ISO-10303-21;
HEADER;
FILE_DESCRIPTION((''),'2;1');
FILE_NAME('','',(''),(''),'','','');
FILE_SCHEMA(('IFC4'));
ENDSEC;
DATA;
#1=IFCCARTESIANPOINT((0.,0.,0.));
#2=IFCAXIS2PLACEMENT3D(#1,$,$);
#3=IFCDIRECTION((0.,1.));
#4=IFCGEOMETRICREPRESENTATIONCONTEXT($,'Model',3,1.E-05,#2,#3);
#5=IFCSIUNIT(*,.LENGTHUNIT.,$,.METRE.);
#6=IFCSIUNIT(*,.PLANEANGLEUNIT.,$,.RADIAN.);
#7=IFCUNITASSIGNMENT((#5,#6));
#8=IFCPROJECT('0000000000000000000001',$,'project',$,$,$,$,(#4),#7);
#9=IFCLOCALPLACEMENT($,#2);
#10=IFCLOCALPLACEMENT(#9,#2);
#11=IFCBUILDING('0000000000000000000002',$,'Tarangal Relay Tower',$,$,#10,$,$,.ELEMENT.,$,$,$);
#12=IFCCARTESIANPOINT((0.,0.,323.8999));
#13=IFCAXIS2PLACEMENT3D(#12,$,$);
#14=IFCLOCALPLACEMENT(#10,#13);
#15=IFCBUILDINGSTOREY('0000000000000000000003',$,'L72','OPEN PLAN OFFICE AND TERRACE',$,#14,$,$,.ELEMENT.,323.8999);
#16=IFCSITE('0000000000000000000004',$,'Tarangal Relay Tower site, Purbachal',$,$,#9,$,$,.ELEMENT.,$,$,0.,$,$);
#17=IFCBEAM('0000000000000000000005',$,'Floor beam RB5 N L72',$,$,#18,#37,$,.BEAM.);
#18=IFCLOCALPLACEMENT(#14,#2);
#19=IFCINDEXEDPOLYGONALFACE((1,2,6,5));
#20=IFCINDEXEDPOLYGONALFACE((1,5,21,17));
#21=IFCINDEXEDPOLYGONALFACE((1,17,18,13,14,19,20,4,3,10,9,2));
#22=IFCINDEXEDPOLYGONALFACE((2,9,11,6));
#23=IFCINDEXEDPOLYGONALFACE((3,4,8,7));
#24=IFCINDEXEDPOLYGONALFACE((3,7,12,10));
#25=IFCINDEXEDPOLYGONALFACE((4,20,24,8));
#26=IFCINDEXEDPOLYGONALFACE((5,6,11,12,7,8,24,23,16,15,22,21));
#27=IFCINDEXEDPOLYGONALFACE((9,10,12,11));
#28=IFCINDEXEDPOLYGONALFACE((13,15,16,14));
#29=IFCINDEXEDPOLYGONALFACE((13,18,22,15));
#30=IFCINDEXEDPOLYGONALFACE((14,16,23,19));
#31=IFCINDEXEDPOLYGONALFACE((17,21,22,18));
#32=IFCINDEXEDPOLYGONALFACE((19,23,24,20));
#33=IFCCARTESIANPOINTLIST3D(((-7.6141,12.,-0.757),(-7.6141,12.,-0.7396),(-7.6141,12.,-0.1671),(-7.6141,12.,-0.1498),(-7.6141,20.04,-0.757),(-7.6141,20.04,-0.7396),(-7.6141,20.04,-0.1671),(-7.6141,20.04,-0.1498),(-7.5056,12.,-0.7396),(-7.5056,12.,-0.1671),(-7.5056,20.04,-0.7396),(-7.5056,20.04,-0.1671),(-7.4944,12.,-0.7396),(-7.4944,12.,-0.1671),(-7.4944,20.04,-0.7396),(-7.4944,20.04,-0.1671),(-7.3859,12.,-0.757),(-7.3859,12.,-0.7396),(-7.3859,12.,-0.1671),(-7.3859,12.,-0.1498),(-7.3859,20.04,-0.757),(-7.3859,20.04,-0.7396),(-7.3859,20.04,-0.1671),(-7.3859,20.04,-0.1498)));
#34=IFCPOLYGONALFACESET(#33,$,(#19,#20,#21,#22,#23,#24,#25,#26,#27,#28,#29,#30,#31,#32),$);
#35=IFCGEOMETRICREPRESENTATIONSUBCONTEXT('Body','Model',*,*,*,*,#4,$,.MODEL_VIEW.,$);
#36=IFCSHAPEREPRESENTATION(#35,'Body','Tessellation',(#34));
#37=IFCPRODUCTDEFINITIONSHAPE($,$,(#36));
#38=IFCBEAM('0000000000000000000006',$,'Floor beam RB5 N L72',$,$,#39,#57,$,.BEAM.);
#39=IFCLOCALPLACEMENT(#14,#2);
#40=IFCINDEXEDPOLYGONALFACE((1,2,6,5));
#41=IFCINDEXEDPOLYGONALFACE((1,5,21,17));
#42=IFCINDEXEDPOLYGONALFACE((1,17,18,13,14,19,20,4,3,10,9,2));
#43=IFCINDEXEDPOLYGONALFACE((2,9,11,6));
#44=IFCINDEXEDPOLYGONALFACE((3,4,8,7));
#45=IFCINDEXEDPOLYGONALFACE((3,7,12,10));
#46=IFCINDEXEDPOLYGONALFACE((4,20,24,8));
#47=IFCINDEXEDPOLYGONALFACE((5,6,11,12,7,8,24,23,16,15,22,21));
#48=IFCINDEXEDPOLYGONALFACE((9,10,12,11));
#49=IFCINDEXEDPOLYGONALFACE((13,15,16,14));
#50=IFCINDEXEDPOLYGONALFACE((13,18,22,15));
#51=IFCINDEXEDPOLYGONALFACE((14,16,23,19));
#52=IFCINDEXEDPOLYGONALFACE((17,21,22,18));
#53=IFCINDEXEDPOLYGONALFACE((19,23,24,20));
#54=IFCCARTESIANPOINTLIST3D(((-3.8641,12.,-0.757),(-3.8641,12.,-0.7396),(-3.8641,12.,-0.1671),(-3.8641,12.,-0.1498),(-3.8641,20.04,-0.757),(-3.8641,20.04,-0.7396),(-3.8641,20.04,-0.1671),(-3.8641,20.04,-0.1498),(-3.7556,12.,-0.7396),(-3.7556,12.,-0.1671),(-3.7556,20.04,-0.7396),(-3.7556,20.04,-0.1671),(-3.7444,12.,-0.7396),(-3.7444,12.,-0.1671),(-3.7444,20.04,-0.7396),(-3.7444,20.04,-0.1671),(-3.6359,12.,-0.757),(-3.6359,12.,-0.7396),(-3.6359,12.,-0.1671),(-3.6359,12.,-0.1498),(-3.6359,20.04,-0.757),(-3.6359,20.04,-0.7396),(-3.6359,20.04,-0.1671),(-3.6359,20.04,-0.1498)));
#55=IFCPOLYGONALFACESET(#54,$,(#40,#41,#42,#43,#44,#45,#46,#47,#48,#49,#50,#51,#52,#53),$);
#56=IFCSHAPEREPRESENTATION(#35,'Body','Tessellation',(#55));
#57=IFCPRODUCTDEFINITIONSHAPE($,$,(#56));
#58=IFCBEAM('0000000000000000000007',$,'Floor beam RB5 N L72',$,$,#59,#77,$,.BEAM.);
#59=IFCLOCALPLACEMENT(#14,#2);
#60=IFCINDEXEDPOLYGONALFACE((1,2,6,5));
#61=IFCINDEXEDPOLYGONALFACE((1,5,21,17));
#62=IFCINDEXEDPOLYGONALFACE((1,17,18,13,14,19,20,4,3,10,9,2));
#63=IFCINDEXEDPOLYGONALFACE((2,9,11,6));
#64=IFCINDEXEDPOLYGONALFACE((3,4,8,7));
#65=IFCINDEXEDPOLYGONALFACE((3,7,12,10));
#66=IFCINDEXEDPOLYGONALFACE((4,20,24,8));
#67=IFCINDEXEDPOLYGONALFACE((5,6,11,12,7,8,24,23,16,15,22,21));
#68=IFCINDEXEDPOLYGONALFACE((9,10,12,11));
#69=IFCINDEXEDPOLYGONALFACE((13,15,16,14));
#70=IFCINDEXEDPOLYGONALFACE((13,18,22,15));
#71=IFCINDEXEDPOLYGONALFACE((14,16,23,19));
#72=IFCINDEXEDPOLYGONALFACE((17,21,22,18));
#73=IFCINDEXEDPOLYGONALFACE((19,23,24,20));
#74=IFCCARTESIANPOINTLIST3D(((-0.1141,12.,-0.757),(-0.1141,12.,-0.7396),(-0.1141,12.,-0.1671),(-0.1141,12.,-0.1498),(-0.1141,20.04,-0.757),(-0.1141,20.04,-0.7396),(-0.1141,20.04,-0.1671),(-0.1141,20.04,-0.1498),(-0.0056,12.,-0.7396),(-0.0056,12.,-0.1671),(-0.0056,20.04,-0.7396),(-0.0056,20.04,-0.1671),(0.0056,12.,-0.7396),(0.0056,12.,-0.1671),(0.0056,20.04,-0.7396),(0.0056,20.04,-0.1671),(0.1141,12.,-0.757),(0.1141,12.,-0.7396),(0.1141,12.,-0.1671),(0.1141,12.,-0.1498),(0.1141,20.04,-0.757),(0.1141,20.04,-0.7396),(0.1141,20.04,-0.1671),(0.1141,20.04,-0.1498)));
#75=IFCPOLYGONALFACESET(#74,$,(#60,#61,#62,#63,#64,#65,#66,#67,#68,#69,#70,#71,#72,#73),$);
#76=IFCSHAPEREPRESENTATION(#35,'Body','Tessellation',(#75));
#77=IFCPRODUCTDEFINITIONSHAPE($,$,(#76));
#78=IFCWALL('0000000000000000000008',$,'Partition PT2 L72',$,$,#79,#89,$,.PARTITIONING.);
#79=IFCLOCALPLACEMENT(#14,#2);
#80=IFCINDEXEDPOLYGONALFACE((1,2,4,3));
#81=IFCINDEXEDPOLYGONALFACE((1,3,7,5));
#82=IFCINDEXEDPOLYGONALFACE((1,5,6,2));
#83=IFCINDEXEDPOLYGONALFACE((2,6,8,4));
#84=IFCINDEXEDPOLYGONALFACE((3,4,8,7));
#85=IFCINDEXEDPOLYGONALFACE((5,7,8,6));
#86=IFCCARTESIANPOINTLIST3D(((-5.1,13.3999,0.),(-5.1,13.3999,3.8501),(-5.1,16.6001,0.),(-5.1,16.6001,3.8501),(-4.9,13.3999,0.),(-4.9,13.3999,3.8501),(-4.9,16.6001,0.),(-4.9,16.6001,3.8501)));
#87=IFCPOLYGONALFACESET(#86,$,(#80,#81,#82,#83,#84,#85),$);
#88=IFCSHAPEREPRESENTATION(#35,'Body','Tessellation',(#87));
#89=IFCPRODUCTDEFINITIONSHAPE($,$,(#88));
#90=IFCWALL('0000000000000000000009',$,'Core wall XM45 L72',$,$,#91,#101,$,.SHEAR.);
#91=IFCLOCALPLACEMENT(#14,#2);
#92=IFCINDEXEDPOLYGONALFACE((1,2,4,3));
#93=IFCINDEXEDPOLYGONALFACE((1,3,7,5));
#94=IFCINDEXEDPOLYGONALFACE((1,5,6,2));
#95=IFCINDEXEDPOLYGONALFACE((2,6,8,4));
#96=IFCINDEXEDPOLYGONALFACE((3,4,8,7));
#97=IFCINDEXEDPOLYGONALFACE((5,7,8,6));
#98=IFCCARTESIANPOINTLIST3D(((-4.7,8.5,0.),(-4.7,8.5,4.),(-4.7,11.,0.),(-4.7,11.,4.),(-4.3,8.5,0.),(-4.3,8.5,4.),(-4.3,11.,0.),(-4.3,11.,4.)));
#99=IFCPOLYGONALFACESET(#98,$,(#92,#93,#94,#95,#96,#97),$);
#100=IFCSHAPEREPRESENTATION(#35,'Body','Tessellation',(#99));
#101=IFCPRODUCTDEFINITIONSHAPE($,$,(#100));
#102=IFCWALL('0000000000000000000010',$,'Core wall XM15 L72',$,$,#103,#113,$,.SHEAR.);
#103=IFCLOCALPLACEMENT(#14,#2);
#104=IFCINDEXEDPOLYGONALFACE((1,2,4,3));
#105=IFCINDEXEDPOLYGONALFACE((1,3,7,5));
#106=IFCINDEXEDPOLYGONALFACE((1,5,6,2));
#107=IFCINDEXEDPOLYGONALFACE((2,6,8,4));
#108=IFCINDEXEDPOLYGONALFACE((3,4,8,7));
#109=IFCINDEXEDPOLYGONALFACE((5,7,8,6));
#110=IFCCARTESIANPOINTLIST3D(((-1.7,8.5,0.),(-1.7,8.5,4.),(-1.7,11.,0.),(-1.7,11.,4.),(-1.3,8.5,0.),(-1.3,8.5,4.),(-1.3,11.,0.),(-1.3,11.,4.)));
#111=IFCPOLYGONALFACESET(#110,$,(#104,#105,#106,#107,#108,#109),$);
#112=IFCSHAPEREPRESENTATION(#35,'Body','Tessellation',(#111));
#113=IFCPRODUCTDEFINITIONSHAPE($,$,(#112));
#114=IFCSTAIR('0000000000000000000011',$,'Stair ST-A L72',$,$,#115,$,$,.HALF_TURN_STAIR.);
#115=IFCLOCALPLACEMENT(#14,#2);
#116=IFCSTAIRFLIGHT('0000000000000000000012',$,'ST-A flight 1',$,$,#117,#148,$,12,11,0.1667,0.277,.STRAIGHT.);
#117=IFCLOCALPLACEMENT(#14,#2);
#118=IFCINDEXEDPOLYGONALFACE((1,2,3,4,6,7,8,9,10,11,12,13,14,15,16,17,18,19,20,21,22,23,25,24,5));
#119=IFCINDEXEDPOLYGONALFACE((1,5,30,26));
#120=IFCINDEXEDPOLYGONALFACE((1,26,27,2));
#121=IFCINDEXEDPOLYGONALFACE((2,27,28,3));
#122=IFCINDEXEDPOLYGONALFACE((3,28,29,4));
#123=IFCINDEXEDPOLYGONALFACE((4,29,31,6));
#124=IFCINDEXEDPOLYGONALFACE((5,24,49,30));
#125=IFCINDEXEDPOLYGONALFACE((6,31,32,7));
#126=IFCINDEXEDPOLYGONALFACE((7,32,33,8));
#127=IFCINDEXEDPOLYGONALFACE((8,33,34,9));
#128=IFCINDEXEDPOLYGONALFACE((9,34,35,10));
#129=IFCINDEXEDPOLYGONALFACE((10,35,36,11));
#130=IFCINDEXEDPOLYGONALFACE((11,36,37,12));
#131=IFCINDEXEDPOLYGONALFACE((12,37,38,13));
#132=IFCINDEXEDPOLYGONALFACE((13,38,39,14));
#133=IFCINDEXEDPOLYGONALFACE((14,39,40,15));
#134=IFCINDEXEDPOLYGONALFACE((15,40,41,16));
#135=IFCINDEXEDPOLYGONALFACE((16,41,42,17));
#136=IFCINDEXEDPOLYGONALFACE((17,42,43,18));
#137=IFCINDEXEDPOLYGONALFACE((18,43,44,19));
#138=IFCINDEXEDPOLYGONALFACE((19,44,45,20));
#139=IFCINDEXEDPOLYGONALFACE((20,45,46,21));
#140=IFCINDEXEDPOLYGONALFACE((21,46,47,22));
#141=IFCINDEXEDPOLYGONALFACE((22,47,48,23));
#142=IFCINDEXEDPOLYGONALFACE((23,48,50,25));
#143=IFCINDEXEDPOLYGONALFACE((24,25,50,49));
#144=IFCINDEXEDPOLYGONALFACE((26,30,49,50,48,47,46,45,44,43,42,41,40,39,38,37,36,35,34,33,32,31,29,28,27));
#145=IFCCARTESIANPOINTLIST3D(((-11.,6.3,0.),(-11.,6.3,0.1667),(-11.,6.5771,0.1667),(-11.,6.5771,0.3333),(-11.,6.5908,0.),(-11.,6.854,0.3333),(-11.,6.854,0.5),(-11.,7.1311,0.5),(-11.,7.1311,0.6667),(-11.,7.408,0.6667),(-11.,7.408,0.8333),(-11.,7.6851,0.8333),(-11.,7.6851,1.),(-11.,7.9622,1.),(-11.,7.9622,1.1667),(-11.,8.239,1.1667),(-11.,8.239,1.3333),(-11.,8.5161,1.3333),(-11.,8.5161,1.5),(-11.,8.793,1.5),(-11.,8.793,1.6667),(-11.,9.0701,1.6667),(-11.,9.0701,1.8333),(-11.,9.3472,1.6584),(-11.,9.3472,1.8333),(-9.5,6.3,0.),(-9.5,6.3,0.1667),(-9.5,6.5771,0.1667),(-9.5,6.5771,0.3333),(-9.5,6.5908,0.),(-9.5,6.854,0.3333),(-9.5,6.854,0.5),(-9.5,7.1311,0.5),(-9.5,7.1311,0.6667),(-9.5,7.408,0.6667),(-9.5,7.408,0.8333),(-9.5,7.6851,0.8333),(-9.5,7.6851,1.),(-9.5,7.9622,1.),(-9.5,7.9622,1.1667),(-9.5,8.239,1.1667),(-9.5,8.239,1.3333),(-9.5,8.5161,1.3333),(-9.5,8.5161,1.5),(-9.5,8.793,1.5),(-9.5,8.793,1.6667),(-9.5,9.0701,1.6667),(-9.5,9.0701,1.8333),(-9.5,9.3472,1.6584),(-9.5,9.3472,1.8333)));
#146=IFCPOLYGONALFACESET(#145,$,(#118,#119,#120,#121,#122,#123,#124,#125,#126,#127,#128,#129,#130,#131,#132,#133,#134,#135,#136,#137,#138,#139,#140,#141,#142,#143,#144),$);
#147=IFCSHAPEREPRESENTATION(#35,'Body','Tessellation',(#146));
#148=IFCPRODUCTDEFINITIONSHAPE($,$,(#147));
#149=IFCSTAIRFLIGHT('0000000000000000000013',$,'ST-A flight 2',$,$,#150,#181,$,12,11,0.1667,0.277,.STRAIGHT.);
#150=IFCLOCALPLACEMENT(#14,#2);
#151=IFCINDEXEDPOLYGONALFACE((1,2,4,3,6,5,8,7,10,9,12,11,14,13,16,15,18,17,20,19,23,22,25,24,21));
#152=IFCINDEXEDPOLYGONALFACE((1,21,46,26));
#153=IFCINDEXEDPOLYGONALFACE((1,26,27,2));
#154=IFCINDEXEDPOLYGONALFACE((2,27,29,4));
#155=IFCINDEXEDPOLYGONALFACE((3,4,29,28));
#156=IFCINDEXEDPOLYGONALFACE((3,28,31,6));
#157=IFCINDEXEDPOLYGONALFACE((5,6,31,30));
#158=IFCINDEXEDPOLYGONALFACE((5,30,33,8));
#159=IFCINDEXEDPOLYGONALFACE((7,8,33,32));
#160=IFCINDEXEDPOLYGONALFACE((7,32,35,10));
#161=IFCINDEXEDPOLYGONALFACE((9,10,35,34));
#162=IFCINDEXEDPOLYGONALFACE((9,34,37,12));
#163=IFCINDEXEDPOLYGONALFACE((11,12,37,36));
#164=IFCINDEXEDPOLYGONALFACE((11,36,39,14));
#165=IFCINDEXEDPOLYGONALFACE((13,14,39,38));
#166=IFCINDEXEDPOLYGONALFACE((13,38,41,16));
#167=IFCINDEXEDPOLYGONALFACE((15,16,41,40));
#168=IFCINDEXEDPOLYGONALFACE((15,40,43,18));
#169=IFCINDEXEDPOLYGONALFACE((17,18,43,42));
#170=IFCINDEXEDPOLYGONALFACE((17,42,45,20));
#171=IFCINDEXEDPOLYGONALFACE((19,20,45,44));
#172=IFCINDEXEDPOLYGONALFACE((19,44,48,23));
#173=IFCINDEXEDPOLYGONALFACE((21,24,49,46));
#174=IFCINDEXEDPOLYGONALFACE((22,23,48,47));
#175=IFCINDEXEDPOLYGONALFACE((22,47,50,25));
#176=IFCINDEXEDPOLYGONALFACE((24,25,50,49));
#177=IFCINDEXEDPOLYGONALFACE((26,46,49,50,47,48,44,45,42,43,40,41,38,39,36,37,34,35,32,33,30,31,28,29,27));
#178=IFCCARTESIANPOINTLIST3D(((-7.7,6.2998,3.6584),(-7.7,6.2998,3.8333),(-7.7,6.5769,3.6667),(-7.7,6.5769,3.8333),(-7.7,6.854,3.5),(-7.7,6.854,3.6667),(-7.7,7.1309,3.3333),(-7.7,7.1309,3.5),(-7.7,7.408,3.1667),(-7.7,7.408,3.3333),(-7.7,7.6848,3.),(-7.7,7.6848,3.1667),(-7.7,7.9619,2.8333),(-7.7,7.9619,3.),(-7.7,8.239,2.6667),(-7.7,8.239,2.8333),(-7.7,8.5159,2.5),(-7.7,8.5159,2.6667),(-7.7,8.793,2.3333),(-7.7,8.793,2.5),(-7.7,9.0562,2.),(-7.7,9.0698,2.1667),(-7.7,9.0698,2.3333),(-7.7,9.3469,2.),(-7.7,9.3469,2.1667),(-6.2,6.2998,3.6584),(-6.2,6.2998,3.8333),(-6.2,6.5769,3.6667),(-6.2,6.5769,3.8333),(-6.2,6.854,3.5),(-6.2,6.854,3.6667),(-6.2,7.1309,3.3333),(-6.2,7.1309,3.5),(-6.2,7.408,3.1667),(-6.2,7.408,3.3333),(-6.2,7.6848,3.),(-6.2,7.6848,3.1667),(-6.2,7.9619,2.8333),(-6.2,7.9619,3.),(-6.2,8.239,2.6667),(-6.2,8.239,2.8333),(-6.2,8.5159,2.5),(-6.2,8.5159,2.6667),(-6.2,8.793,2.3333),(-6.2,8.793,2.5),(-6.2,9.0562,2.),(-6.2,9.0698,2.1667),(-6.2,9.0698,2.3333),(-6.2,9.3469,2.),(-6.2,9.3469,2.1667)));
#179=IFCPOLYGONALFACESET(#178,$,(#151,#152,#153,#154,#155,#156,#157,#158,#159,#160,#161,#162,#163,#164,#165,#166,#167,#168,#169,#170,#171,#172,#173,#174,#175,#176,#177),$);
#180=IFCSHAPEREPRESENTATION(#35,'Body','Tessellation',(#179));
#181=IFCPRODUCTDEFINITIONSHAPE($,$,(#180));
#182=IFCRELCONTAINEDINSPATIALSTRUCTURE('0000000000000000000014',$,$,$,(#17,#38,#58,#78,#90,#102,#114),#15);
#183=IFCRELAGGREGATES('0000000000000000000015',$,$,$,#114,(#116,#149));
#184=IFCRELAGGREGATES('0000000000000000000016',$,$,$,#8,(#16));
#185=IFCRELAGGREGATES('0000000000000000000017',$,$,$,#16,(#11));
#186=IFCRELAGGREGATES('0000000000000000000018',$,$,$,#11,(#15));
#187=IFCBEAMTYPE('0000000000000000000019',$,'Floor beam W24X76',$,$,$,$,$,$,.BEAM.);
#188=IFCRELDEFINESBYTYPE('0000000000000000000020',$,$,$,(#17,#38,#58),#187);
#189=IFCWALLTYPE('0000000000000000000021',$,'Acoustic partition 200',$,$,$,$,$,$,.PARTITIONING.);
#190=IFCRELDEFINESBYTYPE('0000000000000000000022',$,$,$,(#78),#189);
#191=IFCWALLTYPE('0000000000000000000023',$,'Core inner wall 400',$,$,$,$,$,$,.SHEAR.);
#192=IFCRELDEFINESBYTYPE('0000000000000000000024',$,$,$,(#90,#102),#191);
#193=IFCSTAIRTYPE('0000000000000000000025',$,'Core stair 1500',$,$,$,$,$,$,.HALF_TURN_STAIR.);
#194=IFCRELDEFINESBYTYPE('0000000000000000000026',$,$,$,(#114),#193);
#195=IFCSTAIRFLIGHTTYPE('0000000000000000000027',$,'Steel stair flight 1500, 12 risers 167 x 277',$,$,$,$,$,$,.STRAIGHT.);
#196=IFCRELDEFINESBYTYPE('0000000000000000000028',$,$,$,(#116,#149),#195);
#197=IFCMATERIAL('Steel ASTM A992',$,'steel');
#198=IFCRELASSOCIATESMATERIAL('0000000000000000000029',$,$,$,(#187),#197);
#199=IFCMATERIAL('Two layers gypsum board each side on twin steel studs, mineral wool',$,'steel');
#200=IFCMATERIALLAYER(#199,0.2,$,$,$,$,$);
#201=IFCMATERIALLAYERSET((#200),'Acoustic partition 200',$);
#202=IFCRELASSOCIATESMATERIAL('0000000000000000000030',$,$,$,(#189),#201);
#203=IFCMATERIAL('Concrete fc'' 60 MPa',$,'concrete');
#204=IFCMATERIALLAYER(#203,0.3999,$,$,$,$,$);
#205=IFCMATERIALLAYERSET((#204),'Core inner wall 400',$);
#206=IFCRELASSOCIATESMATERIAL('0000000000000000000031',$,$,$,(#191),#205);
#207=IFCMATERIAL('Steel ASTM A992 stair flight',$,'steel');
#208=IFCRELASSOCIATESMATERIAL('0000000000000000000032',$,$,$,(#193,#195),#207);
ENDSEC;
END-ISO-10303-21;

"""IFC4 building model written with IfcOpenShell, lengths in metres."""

from ifc_helpers import new_model, si_unit, direction, frame, frame_2d, origin, origin_2d, place, context, subcontext, project, spatial, polyline, rectangle, i_section, outline, extrude, material, layer, layer_set, material_profile, profile_set, type_object, element, aggregate, save


model = new_model("IFC4")

# Units and contexts
model_context = context("Model", 3, precision=1e-05, world=origin(), true_north=direction((0.0, 1.0)))
body_context = subcontext(model_context, "Body", "Model", "MODEL_VIEW")
ifc_project = project(units=[si_unit("LENGTHUNIT", "METRE"), si_unit("PLANEANGLEUNIT", "RADIAN")], contexts=[model_context])

# Site, building, storey
site_placement = place(None, origin())
site = spatial("IfcSite", under=ifc_project, at=site_placement, Name="Tarangal Relay Tower site, Purbachal", CompositionType="ELEMENT", RefElevation=0.0)
building_placement = place(site_placement, origin())
building = spatial("IfcBuilding", under=site, at=building_placement, Name="Tarangal Relay Tower", CompositionType="ELEMENT")
storey_placement = place(building_placement, frame((0.0, 0.0, 323.8999)))
storey = spatial("IfcBuildingStorey", under=building, at=storey_placement, Name="L72", Description="OPEN PLAN OFFICE AND TERRACE", CompositionType="ELEMENT", Elevation=323.8999)

# Beams
ifc_material_1 = material(Name="Steel ASTM A992", Category="steel")
ifc_material_profile = material_profile(ifc_material_1, i_section(OverallWidth=0.2283, OverallDepth=0.6072, WebThickness=0.0112, FlangeThickness=0.0173, at=origin_2d()), Name="W24X76")
ifc_profile_set = profile_set([ifc_material_profile], Name="Steel ASTM A992")
beam_type = type_object("IfcBeamType", Name="Floor beam W24X76", PredefinedType="BEAM", material=ifc_profile_set)
for number, where, z_axis, x_axis, name in (
    (1, (-7.5, 12.0, -0.4534), (0.0, 1.0, 0.0), (-1.0, 0.0, 0.0), "Floor beam RB5 N L72"),
    (2, (-3.75, 12.0, -0.4534), (0.0, 1.0, 0.0), (-1.0, 0.0, 0.0), "Floor beam RB5 N L72"),
    (3, (0.0, 12.0, -0.4534), (0.0, 1.0, 0.0), (-1.0, 0.0, 0.0), "Floor beam RB5 N L72"),
):
    element("IfcBeam", number, at=place(storey_placement, frame(where, z_axis=z_axis, x_axis=x_axis)), inside=storey, type_object=beam_type, Name=name, PredefinedType="BEAM", context=body_context, shape_type="SweptSolid", body=[
        extrude(i_section(OverallWidth=0.2283, OverallDepth=0.6072, WebThickness=0.0112, FlangeThickness=0.0173, at=origin_2d()), origin(), (0.0, 0.0, 1.0), 8.04),
    ])

# Wall
ifc_material_2 = material(Name="Two layers gypsum board each side on twin steel studs, mineral wool", Category="steel")
ifc_layer_1 = layer(ifc_material_2, 0.2)
ifc_layer_set_1 = layer_set([ifc_layer_1], Name="Acoustic partition 200")
wall_type_1 = type_object("IfcWallType", Name="Acoustic partition 200", PredefinedType="PARTITIONING", material=ifc_layer_set_1)
wall_1_placement = place(storey_placement, frame((-5.0, 13.3999, 0.0), z_axis=(0.0, 0.0, 1.0), x_axis=(0.0, 1.0, 0.0)))
element("IfcWall", 4, at=wall_1_placement, inside=storey, type_object=wall_type_1, Name="Partition PT2 L72", PredefinedType="PARTITIONING", context=body_context, shape_type="SweptSolid", body=[
    extrude(rectangle(XDim=3.2002, YDim=0.2, at=frame_2d((1.6001, 0.0))), origin(), (0.0, 0.0, 1.0), 3.8501),
])

# Shared definitions
ifc_material_3 = material(Name="Concrete fc' 60 MPa", Category="concrete")
ifc_layer_2 = layer(ifc_material_3, 0.3999)
ifc_layer_set_2 = layer_set([ifc_layer_2], Name="Core inner wall 400")
wall_type_2 = type_object("IfcWallType", Name="Core inner wall 400", PredefinedType="SHEAR", material=ifc_layer_set_2)

# Walls
for number, where, z_axis, x_axis, name in (
    (5, (-4.5, 8.5, 0.0), (0.0, 0.0, 1.0), (0.0, 1.0, 0.0), "Core wall XM45 L72"),
    (6, (-1.5, 8.5, 0.0), (0.0, 0.0, 1.0), (0.0, 1.0, 0.0), "Core wall XM15 L72"),
):
    element("IfcWall", number, at=place(storey_placement, frame(where, z_axis=z_axis, x_axis=x_axis)), inside=storey, type_object=wall_type_2, Name=name, PredefinedType="SHEAR", context=body_context, shape_type="SweptSolid", body=[
        extrude(rectangle(XDim=2.5, YDim=0.3999, at=frame_2d((1.25, 0.0))), origin(), (0.0, 0.0, 1.0), 4.0),
    ])

# Stair, stair flights
ifc_material_4 = material(Name="Steel ASTM A992 stair flight", Category="steel")
stair_type = type_object("IfcStairType", Name="Core stair 1500", PredefinedType="HALF_TURN_STAIR", material=ifc_material_4)
stair_placement = place(storey_placement, origin())
stair = element("IfcStair", 7, at=stair_placement, inside=storey, type_object=stair_type, Name="Stair ST-A L72", PredefinedType="HALF_TURN_STAIR")
stair_flight_type = type_object("IfcStairFlightType", Name="Steel stair flight 1500, 12 risers 167 x 277", PredefinedType="STRAIGHT", material=ifc_material_4)
stair_flight_1_placement = place(storey_placement, frame((-10.25, 6.3, 0.0), z_axis=(0.0, 0.0, 1.0), x_axis=(0.0, 1.0, 0.0)))
stair_flight_1 = element("IfcStairFlight", 8, at=stair_flight_1_placement, type_object=stair_flight_type, Name="ST-A flight 1", NumberOfRisers=12, NumberOfTreads=11, PredefinedType="STRAIGHT", RiserHeight=0.1667, TreadLength=0.277, context=body_context, shape_type="SweptSolid", body=[
    extrude(outline(polyline([(0.0, 0.0), (0.0, 0.1667), (0.2771, 0.1667), (0.2771, 0.3333), (0.554, 0.3333), (0.554, 0.5), (0.8311, 0.5), (0.8311, 0.6667), (1.1079, 0.6667), (1.1079, 0.8333), (1.385, 0.8333), (1.385, 1.0), (1.6621, 1.0), (1.6621, 1.1667), (1.939, 1.1667), (1.939, 1.3333), (2.2161, 1.3333), (2.2161, 1.5), (2.4929, 1.5), (2.4929, 1.6667), (2.77, 1.6667), (2.77, 1.8333), (3.0471, 1.8333), (3.0471, 2.0), (3.0471, 1.6584), (0.2908, 0.0), (0.0, 0.0)])), frame((0.0, 0.75, 0.0), z_axis=(0.0, -1.0, 0.0), x_axis=(1.0, 0.0, 0.0)), (0.0, 0.0, 1.0), 1.5),
])
stair_flight_2_placement = place(storey_placement, frame((-6.95, 9.3469, 2.0), z_axis=(0.0, 0.0, 1.0), x_axis=(0.0, -1.0, 0.0)))
stair_flight_2 = element("IfcStairFlight", 9, at=stair_flight_2_placement, type_object=stair_flight_type, Name="ST-A flight 2", NumberOfRisers=12, NumberOfTreads=11, PredefinedType="STRAIGHT", RiserHeight=0.1667, TreadLength=0.277, context=body_context, shape_type="SweptSolid", body=[
    extrude(outline(polyline([(0.0, 0.0), (0.0, 0.1667), (0.2771, 0.1667), (0.2771, 0.3333), (0.554, 0.3333), (0.554, 0.5), (0.8311, 0.5), (0.8311, 0.6667), (1.1079, 0.6667), (1.1079, 0.8333), (1.385, 0.8333), (1.385, 1.0), (1.6621, 1.0), (1.6621, 1.1667), (1.939, 1.1667), (1.939, 1.3333), (2.2161, 1.3333), (2.2161, 1.5), (2.4929, 1.5), (2.4929, 1.6667), (2.77, 1.6667), (2.77, 1.8333), (3.0471, 1.8333), (3.0471, 2.0), (3.0471, 1.6584), (0.2908, 0.0), (0.0, 0.0)])), frame((0.0, 0.75, 0.0), z_axis=(0.0, -1.0, 0.0), x_axis=(1.0, 0.0, 0.0)), (0.0, 0.0, 1.0), 1.5),
])
aggregate(stair, [stair_flight_1, stair_flight_2])

save(model, "model.ifc")
